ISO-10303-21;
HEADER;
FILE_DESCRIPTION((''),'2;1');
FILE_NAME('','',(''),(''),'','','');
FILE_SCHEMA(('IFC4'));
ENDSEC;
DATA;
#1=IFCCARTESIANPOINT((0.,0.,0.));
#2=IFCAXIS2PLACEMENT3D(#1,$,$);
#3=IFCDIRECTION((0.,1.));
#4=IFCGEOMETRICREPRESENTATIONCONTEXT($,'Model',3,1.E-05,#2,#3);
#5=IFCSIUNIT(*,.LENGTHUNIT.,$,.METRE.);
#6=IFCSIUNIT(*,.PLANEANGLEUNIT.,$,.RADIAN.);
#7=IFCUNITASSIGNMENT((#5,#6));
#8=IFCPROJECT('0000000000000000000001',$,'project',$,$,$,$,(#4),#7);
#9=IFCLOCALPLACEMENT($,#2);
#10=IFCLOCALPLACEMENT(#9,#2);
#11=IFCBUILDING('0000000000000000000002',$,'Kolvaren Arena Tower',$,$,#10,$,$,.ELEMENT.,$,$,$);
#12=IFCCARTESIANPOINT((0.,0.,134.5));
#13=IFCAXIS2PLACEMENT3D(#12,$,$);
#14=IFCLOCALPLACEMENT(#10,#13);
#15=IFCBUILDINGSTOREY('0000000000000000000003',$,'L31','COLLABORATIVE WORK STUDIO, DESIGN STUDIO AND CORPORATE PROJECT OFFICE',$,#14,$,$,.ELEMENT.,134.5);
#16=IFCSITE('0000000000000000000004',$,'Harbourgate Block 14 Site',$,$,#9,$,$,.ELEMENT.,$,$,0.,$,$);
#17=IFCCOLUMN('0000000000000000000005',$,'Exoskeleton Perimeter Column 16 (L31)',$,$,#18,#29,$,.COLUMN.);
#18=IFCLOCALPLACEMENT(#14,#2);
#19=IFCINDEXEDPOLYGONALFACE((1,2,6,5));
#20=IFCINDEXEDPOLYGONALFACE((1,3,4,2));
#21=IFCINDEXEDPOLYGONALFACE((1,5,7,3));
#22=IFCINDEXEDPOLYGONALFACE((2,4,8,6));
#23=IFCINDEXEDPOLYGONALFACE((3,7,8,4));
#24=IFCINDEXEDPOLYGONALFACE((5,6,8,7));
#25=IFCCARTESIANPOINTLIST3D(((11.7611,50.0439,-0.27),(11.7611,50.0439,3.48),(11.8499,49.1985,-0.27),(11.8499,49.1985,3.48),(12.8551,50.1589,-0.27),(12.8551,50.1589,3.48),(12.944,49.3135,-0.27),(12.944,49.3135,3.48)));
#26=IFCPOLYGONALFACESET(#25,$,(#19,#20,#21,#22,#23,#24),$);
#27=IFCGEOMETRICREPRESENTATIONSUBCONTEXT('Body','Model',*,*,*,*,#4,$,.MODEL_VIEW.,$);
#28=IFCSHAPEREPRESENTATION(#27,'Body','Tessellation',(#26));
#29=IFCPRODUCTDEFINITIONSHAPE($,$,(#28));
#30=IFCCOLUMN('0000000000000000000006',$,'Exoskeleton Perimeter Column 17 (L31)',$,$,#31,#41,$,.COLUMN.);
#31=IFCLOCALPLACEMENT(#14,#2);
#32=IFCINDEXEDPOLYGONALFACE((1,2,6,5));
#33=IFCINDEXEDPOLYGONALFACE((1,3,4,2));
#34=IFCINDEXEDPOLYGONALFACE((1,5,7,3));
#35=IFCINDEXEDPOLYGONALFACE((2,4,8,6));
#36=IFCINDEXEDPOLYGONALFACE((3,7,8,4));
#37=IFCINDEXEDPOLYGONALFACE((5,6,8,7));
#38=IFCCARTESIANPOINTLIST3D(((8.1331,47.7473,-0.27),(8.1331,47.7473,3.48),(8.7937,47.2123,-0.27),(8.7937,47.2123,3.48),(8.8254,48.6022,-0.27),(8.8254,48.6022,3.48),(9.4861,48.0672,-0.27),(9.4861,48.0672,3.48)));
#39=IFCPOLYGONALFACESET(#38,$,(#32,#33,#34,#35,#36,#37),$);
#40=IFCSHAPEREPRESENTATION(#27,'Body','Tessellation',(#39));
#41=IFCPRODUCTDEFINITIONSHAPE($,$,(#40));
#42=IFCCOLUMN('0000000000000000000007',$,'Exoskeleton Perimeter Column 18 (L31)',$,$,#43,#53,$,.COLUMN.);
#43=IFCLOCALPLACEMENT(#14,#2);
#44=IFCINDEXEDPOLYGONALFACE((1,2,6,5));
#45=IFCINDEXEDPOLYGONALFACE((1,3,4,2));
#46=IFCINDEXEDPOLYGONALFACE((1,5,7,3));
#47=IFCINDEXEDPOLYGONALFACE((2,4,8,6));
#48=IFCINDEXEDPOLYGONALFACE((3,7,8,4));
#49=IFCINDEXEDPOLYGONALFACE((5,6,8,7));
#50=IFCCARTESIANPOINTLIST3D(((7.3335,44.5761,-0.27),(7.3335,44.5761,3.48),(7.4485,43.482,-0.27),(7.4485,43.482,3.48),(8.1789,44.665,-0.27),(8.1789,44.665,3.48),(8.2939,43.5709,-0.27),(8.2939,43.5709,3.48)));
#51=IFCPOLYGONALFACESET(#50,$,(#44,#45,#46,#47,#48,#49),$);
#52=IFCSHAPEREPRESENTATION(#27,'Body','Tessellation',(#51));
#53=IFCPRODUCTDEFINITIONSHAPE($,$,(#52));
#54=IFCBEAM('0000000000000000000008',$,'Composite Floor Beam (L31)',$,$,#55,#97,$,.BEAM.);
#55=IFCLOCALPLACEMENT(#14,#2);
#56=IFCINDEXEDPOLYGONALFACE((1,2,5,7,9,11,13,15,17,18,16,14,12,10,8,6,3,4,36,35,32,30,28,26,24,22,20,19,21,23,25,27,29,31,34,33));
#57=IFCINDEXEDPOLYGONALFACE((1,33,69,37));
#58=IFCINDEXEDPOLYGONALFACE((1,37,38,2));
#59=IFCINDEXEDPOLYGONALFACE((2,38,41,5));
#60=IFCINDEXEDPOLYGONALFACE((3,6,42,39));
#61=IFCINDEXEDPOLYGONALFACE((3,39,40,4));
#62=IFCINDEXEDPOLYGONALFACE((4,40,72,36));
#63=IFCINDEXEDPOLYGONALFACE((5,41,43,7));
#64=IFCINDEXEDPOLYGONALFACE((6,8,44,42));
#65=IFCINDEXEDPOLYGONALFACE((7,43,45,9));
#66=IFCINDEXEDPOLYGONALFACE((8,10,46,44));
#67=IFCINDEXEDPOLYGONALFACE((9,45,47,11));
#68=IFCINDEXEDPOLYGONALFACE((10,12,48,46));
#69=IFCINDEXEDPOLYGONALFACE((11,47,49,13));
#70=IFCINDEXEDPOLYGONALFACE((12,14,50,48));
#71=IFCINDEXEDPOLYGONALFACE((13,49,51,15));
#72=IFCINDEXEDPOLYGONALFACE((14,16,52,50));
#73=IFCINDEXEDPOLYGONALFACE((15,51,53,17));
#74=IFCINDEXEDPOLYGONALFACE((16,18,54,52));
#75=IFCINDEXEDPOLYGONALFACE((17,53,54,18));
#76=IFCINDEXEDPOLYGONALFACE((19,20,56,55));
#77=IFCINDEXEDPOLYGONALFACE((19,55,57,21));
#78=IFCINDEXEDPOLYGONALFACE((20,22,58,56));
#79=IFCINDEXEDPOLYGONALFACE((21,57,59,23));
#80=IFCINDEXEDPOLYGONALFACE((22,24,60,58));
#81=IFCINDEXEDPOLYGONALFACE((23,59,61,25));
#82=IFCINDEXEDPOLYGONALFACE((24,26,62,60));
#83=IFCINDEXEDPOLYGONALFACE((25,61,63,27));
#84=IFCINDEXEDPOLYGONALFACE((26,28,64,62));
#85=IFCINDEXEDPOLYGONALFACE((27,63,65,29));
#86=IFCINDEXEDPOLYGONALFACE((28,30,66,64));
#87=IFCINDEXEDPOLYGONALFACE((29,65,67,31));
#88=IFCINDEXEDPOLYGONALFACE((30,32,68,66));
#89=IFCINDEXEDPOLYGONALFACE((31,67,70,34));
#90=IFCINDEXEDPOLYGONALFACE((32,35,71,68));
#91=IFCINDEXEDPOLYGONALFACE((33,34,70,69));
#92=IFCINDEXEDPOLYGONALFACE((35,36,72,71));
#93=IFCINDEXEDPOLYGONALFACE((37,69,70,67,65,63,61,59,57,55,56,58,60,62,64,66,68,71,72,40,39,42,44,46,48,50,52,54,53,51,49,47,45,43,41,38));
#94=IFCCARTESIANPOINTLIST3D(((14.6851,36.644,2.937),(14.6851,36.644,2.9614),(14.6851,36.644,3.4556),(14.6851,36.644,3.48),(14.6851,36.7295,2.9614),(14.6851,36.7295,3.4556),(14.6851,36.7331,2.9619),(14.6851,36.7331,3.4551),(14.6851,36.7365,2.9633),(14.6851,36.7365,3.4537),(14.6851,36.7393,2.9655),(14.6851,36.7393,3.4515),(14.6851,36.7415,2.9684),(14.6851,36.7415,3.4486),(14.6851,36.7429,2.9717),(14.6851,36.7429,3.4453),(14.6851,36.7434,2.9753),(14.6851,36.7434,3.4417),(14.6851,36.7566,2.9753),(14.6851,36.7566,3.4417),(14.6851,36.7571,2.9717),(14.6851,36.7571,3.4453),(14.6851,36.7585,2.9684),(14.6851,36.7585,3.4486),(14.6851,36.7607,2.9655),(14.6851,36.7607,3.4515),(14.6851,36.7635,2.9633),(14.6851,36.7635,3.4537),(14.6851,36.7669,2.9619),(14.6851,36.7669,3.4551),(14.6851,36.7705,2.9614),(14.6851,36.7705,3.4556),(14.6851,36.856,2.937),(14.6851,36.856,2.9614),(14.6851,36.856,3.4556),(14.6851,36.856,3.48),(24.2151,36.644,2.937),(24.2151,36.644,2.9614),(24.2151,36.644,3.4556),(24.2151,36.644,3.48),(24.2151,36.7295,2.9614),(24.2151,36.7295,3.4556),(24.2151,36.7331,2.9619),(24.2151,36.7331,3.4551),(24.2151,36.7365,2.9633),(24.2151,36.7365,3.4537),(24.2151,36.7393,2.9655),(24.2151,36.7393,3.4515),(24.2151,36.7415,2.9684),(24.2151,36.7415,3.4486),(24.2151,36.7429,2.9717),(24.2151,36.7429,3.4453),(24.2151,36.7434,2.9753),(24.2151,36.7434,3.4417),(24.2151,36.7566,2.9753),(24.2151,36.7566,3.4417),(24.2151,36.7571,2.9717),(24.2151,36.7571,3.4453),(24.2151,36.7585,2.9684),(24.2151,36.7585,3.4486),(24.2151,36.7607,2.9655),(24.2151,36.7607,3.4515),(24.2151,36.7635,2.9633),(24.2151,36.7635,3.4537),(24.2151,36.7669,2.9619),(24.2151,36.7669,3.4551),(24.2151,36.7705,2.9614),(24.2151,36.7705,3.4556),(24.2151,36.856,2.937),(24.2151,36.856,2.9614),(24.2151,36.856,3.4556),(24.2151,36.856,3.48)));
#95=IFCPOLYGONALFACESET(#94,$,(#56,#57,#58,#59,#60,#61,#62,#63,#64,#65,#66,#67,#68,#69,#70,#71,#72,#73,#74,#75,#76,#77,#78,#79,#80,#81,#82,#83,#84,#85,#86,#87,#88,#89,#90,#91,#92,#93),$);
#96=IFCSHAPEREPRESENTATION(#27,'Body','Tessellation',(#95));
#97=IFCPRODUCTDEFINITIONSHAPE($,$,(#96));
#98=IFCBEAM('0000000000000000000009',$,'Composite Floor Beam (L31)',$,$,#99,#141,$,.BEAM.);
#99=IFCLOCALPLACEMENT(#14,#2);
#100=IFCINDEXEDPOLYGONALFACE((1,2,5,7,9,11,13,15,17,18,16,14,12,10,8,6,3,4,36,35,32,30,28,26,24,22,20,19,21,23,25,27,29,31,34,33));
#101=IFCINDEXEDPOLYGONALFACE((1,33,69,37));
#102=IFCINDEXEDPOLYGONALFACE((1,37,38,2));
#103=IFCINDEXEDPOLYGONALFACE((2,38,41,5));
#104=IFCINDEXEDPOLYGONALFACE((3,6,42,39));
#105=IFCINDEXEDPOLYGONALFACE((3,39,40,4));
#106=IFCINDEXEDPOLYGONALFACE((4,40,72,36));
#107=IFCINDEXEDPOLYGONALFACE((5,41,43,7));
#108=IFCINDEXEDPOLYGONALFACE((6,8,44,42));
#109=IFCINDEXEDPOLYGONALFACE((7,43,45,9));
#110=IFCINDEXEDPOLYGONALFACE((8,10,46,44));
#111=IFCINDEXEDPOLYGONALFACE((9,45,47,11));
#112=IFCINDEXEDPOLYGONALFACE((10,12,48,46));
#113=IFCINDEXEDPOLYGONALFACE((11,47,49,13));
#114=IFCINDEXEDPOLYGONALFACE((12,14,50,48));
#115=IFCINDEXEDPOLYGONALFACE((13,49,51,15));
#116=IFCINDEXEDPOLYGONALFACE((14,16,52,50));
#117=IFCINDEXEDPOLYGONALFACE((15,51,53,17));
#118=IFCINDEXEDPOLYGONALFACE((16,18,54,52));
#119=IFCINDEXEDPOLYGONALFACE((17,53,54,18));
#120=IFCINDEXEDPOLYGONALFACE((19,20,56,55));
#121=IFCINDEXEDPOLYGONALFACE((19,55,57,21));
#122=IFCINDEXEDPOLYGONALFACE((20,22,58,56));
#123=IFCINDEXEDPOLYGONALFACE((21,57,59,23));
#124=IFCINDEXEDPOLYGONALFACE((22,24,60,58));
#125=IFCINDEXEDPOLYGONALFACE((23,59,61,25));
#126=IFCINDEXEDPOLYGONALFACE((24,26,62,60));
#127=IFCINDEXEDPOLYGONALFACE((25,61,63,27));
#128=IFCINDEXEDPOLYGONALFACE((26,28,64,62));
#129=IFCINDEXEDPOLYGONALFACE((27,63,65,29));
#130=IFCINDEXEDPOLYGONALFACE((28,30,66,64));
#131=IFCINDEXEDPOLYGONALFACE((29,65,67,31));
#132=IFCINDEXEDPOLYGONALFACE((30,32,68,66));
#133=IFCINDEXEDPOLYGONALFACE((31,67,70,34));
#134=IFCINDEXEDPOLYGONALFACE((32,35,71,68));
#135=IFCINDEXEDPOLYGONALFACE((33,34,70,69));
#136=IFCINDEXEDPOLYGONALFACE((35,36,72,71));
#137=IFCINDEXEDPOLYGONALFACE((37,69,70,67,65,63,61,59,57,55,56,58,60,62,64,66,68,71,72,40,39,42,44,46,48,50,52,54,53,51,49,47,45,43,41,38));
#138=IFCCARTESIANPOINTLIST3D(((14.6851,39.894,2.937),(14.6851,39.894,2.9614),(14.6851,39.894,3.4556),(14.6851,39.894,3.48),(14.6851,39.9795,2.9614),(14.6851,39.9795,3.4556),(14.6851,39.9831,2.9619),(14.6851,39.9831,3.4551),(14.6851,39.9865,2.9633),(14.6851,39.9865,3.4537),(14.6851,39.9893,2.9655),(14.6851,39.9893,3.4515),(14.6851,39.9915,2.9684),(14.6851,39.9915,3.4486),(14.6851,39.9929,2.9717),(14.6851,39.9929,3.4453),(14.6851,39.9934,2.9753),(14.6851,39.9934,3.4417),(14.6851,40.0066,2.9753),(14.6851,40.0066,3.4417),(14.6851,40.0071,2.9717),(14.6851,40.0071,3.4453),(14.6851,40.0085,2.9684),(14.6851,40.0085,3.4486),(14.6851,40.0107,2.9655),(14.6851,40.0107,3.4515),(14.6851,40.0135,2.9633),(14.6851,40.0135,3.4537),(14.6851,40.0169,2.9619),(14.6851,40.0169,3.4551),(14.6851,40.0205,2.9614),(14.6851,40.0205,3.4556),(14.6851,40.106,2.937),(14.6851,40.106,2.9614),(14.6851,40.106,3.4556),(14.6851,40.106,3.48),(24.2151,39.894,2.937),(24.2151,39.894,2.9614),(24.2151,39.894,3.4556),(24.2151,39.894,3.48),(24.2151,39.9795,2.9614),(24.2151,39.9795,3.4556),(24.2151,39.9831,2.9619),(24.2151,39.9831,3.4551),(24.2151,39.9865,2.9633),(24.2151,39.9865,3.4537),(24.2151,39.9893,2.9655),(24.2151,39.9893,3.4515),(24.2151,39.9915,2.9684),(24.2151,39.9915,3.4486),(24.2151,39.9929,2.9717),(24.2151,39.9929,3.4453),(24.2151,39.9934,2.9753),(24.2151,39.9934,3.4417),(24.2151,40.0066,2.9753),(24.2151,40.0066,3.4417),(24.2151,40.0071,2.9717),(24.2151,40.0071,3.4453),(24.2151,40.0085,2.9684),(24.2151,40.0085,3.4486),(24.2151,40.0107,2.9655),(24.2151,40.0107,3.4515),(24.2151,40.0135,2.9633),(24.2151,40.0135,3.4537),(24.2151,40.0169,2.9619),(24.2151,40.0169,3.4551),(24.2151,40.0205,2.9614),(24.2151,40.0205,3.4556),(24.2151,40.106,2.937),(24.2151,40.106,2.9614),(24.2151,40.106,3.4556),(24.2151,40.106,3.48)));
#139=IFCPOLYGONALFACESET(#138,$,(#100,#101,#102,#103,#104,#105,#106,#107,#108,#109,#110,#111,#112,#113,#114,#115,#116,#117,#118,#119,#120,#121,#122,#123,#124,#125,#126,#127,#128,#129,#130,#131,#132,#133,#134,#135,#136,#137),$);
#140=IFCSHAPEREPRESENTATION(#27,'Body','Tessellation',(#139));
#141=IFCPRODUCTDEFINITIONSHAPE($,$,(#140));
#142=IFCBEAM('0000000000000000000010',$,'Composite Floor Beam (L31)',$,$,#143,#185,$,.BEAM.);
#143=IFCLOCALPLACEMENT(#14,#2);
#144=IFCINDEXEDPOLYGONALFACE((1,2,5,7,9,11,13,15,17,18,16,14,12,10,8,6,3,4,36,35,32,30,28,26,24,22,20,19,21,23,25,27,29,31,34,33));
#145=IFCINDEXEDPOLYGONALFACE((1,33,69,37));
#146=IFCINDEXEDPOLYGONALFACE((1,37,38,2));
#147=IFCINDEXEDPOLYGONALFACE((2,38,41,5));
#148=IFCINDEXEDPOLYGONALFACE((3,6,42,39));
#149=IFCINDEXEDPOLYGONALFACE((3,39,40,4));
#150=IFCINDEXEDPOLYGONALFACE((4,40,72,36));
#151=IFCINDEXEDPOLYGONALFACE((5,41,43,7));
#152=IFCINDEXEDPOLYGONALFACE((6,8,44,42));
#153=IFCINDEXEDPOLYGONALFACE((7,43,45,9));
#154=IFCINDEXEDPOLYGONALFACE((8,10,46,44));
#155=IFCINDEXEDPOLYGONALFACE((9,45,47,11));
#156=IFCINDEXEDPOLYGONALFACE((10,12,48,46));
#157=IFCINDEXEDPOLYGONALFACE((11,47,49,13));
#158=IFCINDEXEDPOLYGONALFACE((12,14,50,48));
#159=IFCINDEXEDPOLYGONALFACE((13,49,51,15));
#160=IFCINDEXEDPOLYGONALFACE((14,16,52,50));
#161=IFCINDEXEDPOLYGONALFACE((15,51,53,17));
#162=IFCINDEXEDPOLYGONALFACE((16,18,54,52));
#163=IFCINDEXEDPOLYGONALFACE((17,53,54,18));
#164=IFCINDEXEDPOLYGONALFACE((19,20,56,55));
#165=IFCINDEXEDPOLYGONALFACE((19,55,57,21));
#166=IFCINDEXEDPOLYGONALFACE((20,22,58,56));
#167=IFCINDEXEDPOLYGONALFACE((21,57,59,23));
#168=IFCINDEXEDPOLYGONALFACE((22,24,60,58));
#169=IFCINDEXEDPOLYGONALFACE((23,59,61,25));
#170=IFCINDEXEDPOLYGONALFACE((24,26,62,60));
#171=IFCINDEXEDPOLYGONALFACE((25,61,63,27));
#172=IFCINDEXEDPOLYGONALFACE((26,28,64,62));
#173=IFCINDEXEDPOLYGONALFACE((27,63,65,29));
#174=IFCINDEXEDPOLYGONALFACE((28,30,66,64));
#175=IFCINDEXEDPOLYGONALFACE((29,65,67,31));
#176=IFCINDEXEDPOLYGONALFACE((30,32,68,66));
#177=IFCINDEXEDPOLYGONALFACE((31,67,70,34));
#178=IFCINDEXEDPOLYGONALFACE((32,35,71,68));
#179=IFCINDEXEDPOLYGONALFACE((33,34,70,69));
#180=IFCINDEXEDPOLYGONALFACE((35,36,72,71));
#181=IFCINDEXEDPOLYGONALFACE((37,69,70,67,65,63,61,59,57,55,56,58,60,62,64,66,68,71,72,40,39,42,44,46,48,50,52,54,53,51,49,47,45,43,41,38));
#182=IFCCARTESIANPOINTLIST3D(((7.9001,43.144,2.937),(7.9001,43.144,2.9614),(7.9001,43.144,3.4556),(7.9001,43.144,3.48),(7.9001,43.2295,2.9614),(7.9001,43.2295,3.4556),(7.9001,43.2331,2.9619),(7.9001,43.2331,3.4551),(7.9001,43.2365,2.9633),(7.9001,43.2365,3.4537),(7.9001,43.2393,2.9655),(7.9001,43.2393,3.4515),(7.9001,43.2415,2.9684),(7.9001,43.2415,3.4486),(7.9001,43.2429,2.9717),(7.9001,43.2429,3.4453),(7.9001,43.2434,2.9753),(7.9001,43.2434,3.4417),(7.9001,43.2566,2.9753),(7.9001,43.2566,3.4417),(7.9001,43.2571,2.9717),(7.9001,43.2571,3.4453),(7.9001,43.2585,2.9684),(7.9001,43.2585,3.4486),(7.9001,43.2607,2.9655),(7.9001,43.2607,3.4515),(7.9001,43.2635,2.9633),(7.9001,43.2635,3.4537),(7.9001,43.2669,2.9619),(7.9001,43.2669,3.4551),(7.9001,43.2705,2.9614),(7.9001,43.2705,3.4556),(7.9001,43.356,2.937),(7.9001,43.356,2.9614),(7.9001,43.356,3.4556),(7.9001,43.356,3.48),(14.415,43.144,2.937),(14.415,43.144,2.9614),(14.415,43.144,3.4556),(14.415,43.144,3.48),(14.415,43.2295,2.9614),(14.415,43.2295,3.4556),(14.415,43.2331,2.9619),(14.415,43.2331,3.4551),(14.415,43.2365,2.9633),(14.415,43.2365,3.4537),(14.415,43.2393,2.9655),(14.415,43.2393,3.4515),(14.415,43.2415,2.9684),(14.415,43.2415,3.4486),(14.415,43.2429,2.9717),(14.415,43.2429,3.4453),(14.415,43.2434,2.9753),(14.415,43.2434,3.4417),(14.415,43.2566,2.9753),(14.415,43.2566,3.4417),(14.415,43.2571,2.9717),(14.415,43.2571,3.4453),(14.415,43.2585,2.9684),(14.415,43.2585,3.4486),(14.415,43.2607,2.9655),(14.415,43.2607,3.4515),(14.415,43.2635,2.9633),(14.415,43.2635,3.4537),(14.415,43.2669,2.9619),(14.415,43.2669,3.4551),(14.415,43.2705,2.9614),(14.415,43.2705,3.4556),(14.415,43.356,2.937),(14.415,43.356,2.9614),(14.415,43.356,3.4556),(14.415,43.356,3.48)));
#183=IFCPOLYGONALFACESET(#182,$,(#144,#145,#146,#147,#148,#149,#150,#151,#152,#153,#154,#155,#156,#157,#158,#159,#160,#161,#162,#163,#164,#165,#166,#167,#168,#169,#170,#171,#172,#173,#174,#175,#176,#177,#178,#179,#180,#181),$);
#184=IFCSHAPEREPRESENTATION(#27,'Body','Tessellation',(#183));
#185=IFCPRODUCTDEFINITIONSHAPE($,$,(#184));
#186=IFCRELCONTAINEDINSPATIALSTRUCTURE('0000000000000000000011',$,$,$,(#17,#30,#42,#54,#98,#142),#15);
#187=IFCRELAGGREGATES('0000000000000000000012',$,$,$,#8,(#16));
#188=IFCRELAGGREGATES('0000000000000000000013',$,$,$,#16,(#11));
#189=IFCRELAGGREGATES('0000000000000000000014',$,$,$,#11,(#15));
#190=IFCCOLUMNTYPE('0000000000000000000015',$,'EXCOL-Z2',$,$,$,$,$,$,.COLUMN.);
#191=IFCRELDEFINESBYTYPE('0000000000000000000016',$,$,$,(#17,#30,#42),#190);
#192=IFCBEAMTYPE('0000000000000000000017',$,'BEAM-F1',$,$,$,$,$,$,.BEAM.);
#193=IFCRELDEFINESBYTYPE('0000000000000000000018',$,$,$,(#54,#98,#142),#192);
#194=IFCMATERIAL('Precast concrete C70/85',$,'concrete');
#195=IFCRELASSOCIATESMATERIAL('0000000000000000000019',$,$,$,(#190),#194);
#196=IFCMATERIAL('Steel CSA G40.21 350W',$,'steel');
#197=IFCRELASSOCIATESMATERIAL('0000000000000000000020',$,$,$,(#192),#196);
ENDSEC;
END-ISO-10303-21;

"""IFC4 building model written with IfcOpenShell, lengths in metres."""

from ifc_helpers import new_model, si_unit, direction, frame, origin, origin_2d, place, context, subcontext, project, spatial, rectangle, i_section, extrude, material, material_profile, profile_set, type_object, element, save


model = new_model("IFC4")

# Units and contexts
model_context = context("Model", 3, precision=1e-05, world=origin(), true_north=direction((0.0, 1.0)))
body_context = subcontext(model_context, "Body", "Model", "MODEL_VIEW")
ifc_project = project(units=[si_unit("LENGTHUNIT", "METRE"), si_unit("PLANEANGLEUNIT", "RADIAN")], contexts=[model_context])

# Site, building, storey
site_placement = place(None, origin())
site = spatial("IfcSite", under=ifc_project, at=site_placement, Name="Harbourgate Block 14 Site", CompositionType="ELEMENT", RefElevation=0.0)
building_placement = place(site_placement, origin())
building = spatial("IfcBuilding", under=site, at=building_placement, Name="Kolvaren Arena Tower", CompositionType="ELEMENT")
storey_placement = place(building_placement, frame((0.0, 0.0, 134.5)))
storey = spatial("IfcBuildingStorey", under=building, at=storey_placement, Name="L31", Description="COLLABORATIVE WORK STUDIO, DESIGN STUDIO AND CORPORATE PROJECT OFFICE", CompositionType="ELEMENT", Elevation=134.5)

# Columns
ifc_material_1 = material(Name="Precast concrete C70/85", Category="concrete")
ifc_material_profile_1 = material_profile(ifc_material_1, rectangle(XDim=1.1001, YDim=0.8501, at=origin_2d()), Name="RC-1100x850")
ifc_profile_set_1 = profile_set([ifc_material_profile_1], Name="Precast concrete C70/85")
column_type = type_object("IfcColumnType", Name="EXCOL-Z2", PredefinedType="COLUMN", material=ifc_profile_set_1)
for number, where, z_axis, x_axis, name in (
    (1, (12.3525, 49.6787, -0.27), (0.0, 0.0, 1.0), (0.994522, 0.104528, 0.0), "Exoskeleton Perimeter Column 16 (L31)"),
    (2, (8.8096, 47.9072, -0.27), (0.0, 0.0, 1.0), (0.62932, 0.777146, 0.0), "Exoskeleton Perimeter Column 17 (L31)"),
    (3, (7.8137, 44.0735, -0.27), (0.0, 0.0, 1.0), (-0.104528, 0.994522, 0.0), "Exoskeleton Perimeter Column 18 (L31)"),
):
    element("IfcColumn", number, at=place(storey_placement, frame(where, z_axis=z_axis, x_axis=x_axis)), inside=storey, type_object=column_type, Name=name, PredefinedType="COLUMN", context=body_context, shape_type="SweptSolid", body=[
        extrude(rectangle(XDim=1.1001, YDim=0.8501, at=origin_2d()), origin(), (0.0, 0.0, 1.0), 3.75),
    ])

# Beams
ifc_material_2 = material(Name="Steel CSA G40.21 350W", Category="steel")
ifc_material_profile_2 = material_profile(ifc_material_2, i_section(OverallWidth=0.2119, OverallDepth=0.543, WebThickness=0.0132, FlangeThickness=0.0244, FilletRadius=0.0139, at=origin_2d()), Name="W530x150")
ifc_profile_set_2 = profile_set([ifc_material_profile_2], Name="Steel CSA G40.21 350W")
beam_type_1 = type_object("IfcBeamType", Name="BEAM-F1", PredefinedType="BEAM", material=ifc_profile_set_2)
for number, where, z_axis, x_axis, name in (
    (4, (14.6851, 36.75, 3.2085), (1.0, 0.0, 0.0), (0.0, 1.0, 0.0), "Composite Floor Beam (L31)"),
    (5, (14.6851, 40.0, 3.2085), (1.0, 0.0, 0.0), (0.0, 1.0, 0.0), "Composite Floor Beam (L31)"),
):
    element("IfcBeam", number, at=place(storey_placement, frame(where, z_axis=z_axis, x_axis=x_axis)), inside=storey, type_object=beam_type_1, Name=name, PredefinedType="BEAM", context=body_context, shape_type="SweptSolid", body=[
        extrude(i_section(OverallWidth=0.2119, OverallDepth=0.543, WebThickness=0.0132, FlangeThickness=0.0244, FilletRadius=0.0139, at=origin_2d()), origin(), (0.0, 0.0, 1.0), 9.53),
    ])
beam_1_placement = place(storey_placement, frame((7.9001, 43.25, 3.2085), z_axis=(1.0, 0.0, 0.0), x_axis=(0.0, 1.0, 0.0)))
element("IfcBeam", 6, at=beam_1_placement, inside=storey, type_object=beam_type_1, Name="Composite Floor Beam (L31)", PredefinedType="BEAM", context=body_context, shape_type="SweptSolid", body=[
    extrude(i_section(OverallWidth=0.2119, OverallDepth=0.543, WebThickness=0.0132, FlangeThickness=0.0244, FilletRadius=0.0139, at=origin_2d()), origin(), (0.0, 0.0, 1.0), 6.5149),
])

save(model, "model.ifc")
